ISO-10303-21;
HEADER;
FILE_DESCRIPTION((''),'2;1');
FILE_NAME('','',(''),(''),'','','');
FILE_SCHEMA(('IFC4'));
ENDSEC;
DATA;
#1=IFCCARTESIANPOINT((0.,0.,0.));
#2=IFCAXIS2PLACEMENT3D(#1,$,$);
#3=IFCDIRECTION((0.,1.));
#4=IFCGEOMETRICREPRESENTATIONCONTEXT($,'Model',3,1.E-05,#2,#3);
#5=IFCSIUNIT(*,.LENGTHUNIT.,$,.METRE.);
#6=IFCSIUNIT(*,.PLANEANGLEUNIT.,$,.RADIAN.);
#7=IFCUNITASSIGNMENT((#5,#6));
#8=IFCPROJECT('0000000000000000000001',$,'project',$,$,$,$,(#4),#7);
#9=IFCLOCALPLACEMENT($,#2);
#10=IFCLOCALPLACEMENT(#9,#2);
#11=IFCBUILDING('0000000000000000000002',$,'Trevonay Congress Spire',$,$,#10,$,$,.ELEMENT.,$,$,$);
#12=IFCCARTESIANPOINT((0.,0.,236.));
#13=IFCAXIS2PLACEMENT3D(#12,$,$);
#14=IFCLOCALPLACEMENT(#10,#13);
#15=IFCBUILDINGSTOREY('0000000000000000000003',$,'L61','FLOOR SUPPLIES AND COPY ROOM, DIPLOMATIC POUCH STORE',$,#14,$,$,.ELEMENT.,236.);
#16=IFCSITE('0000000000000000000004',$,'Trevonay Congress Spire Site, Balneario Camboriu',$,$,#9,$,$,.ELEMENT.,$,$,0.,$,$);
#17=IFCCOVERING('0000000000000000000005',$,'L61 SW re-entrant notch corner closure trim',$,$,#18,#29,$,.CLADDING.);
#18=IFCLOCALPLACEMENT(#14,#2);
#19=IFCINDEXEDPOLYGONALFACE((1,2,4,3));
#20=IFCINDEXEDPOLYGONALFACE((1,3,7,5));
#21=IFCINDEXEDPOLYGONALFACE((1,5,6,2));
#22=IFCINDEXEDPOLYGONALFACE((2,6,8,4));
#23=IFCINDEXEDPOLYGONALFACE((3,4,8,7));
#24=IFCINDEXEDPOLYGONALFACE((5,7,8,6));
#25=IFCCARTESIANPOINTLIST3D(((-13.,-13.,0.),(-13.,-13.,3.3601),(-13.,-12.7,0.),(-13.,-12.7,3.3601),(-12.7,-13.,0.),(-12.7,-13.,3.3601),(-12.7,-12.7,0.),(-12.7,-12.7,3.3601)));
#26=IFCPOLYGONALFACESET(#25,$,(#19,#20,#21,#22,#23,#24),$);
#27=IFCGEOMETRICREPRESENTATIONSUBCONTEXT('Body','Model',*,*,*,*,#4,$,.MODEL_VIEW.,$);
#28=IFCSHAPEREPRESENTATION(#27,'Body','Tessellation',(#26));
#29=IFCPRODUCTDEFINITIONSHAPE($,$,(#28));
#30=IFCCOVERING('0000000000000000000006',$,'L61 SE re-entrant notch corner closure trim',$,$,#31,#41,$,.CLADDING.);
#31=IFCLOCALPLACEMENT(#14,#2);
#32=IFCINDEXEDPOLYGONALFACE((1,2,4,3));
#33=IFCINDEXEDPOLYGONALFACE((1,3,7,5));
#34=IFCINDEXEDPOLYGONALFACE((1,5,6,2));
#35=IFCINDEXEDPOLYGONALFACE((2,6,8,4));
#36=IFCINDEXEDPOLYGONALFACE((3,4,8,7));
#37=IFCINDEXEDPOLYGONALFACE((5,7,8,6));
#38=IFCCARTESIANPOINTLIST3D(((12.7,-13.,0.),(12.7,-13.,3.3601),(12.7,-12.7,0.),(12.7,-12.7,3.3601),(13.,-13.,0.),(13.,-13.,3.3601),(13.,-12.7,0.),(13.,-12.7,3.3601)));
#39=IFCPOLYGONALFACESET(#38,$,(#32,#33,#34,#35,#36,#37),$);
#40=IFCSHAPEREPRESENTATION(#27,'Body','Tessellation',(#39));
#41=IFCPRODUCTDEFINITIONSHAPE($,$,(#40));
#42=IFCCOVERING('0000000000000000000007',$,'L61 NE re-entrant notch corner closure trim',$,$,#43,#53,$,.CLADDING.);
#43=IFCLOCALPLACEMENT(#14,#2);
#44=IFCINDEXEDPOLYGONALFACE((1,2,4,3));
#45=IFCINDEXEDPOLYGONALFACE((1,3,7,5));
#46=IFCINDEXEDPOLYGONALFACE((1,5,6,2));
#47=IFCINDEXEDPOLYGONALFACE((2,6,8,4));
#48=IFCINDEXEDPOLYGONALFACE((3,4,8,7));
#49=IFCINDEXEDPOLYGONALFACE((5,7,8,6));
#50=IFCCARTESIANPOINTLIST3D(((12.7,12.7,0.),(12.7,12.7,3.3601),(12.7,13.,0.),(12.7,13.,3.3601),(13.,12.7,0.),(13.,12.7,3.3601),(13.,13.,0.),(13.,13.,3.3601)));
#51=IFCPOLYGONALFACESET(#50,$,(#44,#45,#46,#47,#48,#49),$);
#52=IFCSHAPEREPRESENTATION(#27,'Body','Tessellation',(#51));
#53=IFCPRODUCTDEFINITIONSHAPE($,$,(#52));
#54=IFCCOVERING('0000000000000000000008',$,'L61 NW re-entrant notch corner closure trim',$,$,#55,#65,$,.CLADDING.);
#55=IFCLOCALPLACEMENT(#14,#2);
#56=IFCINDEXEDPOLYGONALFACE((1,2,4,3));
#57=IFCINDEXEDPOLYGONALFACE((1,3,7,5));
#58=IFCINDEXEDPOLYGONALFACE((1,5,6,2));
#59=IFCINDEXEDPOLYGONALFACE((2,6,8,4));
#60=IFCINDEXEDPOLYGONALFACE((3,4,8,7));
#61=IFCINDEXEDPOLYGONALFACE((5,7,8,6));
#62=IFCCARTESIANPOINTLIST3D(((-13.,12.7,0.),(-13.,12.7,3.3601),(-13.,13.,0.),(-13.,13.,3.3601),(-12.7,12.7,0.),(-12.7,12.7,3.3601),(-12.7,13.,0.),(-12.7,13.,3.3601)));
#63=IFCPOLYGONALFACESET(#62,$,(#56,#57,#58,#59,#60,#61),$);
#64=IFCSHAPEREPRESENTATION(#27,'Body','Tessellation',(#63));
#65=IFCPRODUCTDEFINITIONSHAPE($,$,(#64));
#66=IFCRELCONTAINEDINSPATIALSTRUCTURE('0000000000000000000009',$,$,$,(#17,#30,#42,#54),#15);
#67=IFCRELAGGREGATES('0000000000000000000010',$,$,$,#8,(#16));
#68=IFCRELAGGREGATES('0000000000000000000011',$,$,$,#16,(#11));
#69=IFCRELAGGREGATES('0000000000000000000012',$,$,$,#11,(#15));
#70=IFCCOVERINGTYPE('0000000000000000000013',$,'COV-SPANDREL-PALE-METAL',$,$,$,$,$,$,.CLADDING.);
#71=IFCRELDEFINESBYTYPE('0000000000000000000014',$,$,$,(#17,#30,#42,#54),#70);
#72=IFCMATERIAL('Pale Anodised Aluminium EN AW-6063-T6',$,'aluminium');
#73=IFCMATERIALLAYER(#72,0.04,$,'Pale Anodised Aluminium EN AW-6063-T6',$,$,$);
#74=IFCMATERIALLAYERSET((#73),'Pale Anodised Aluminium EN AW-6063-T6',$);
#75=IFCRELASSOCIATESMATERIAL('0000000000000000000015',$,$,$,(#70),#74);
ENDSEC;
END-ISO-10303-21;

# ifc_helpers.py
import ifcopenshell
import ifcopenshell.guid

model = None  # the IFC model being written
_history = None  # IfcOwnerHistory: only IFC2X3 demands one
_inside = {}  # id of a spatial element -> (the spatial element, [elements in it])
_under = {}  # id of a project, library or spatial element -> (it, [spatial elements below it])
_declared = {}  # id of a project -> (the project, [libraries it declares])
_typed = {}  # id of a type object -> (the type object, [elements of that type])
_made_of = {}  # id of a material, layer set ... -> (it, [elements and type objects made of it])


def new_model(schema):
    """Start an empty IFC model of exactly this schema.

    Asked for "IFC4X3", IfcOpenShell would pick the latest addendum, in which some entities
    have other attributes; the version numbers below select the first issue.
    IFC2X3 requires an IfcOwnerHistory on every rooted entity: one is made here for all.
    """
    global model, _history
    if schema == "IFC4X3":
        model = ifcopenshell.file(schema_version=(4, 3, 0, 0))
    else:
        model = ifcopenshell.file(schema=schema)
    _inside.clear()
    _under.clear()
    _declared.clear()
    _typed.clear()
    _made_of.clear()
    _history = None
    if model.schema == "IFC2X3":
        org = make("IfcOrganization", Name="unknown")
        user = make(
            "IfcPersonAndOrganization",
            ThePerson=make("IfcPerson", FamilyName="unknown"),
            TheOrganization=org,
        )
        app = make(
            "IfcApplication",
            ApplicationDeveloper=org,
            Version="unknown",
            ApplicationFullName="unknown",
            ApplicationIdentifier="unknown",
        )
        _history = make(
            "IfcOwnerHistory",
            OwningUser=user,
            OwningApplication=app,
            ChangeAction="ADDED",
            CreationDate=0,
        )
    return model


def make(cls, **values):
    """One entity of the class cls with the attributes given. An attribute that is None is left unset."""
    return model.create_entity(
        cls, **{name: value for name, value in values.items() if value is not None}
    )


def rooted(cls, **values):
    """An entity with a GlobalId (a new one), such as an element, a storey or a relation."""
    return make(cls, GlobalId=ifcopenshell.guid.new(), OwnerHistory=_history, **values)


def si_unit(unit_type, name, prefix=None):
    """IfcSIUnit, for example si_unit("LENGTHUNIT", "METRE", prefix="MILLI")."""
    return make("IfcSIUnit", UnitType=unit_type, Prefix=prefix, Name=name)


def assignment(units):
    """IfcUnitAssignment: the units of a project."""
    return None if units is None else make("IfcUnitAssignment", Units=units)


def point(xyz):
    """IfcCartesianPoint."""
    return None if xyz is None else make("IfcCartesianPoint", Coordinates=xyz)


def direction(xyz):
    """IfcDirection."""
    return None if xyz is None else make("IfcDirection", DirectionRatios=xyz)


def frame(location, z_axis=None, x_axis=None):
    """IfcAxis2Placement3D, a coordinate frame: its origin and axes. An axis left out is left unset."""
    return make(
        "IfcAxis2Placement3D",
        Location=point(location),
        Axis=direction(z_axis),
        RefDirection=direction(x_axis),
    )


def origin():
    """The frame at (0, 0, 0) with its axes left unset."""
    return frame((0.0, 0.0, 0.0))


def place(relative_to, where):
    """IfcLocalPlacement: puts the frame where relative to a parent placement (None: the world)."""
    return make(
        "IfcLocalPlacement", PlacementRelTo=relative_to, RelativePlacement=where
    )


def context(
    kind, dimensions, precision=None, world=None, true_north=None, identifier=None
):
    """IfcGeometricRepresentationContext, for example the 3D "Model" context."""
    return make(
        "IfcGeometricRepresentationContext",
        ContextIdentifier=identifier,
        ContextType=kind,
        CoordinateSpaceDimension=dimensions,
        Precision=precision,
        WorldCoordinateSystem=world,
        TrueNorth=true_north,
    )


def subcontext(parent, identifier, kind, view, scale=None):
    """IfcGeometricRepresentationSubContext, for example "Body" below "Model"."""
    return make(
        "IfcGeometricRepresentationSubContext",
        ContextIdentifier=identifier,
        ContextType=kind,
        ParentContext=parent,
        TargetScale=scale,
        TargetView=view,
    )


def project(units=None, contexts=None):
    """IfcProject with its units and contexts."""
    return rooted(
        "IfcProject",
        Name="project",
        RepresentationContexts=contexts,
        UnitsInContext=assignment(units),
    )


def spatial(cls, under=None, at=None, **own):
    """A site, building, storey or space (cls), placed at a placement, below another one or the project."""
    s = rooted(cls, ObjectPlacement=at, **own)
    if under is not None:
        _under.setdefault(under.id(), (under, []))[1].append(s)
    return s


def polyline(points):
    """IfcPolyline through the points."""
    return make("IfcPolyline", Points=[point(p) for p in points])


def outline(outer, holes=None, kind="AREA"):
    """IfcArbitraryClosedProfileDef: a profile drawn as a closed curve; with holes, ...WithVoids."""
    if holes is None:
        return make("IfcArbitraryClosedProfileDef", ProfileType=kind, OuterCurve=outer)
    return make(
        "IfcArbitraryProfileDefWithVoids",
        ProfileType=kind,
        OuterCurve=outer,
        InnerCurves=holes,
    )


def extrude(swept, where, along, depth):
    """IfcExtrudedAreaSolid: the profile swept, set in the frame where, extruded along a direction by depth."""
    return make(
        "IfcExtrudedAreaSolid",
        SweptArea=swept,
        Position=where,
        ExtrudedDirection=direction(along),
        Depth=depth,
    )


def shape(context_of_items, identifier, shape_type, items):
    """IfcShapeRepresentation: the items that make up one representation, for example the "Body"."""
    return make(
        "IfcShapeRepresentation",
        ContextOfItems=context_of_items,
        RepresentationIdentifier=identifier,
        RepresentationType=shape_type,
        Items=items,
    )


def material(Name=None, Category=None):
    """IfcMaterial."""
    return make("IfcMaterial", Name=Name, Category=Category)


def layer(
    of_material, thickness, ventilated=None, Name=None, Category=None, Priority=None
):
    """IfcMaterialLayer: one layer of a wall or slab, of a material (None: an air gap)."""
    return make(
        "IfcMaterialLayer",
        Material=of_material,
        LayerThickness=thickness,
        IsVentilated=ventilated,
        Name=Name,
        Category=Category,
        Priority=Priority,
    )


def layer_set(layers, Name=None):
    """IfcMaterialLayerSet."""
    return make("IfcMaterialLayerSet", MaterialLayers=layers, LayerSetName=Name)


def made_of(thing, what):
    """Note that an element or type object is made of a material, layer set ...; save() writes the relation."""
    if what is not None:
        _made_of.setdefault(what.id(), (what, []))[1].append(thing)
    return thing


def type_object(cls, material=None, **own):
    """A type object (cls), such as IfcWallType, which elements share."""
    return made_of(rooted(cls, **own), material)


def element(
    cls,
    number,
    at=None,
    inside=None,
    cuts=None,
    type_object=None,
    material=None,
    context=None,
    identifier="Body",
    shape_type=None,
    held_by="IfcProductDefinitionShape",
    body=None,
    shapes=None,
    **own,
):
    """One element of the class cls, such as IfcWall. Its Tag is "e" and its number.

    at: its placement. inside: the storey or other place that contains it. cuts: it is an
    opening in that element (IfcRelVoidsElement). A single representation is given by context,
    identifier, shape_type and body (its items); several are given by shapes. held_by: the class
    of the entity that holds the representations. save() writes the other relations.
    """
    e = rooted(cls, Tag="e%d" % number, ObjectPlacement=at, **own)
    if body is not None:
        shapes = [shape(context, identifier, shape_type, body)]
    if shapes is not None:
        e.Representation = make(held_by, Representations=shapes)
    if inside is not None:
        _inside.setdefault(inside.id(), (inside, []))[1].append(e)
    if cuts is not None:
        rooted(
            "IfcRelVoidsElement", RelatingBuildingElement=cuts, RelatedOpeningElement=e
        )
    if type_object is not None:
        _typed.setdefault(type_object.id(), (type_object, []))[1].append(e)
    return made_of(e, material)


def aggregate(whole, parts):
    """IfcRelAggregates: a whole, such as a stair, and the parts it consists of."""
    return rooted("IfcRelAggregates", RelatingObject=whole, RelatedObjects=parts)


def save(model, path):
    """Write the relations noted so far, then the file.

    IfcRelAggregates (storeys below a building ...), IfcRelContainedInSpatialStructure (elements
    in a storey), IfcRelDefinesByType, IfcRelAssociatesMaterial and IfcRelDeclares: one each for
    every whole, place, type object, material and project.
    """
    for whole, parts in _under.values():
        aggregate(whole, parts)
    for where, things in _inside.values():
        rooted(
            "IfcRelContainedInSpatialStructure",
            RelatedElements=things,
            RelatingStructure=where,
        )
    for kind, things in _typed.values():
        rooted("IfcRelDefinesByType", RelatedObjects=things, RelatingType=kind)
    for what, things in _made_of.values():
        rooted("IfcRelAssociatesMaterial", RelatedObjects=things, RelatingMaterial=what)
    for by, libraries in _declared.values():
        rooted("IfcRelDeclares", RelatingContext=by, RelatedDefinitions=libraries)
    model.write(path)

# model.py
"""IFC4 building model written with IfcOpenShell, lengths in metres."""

from ifc_helpers import new_model, si_unit, direction, frame, origin, place, context, subcontext, project, spatial, polyline, outline, extrude, material, layer, layer_set, type_object, element, save


model = new_model("IFC4")

# Units and contexts
model_context = context("Model", 3, precision=1e-05, world=origin(), true_north=direction((0.0, 1.0)))
body_context = subcontext(model_context, "Body", "Model", "MODEL_VIEW")
ifc_project = project(units=[si_unit("LENGTHUNIT", "METRE"), si_unit("PLANEANGLEUNIT", "RADIAN")], contexts=[model_context])

# Site, building, storey
site_placement = place(None, origin())
site = spatial("IfcSite", under=ifc_project, at=site_placement, Name="Trevonay Congress Spire Site, Balneario Camboriu", CompositionType="ELEMENT", RefElevation=0.0)
building_placement = place(site_placement, origin())
building = spatial("IfcBuilding", under=site, at=building_placement, Name="Trevonay Congress Spire", CompositionType="ELEMENT")
storey_placement = place(building_placement, frame((0.0, 0.0, 236.0)))
storey = spatial("IfcBuildingStorey", under=building, at=storey_placement, Name="L61", Description="FLOOR SUPPLIES AND COPY ROOM, DIPLOMATIC POUCH STORE", CompositionType="ELEMENT", Elevation=236.0)

# Shared definitions
ifc_material_1 = material(Name="Pale Anodised Aluminium EN AW-6063-T6", Category="aluminium")

# Coverings
ifc_layer_1 = layer(ifc_material_1, 0.04, Name="Pale Anodised Aluminium EN AW-6063-T6")
ifc_layer_set_1 = layer_set([ifc_layer_1], Name="Pale Anodised Aluminium EN AW-6063-T6")
covering_type = type_object("IfcCoveringType", Name="COV-SPANDREL-PALE-METAL", PredefinedType="CLADDING", material=ifc_layer_set_1)
covering_1_placement = place(storey_placement, origin())
element("IfcCovering", 1, at=covering_1_placement, inside=storey, type_object=covering_type, Name="L61 SW re-entrant notch corner closure trim", PredefinedType="CLADDING", context=body_context, shape_type="SweptSolid", body=[
    extrude(outline(polyline([(-13.0, -13.0), (-12.7, -13.0), (-12.7, -12.7), (-13.0, -12.7), (-13.0, -13.0)])), origin(), (0.0, 0.0, 1.0), 3.3601),
])
covering_2_placement = place(storey_placement, origin())
element("IfcCovering", 2, at=covering_2_placement, inside=storey, type_object=covering_type, Name="L61 SE re-entrant notch corner closure trim", PredefinedType="CLADDING", context=body_context, shape_type="SweptSolid", body=[
    extrude(outline(polyline([(12.7, -13.0), (13.0, -13.0), (13.0, -12.7), (12.7, -12.7), (12.7, -13.0)])), origin(), (0.0, 0.0, 1.0), 3.3601),
])
covering_3_placement = place(storey_placement, origin())
element("IfcCovering", 3, at=covering_3_placement, inside=storey, type_object=covering_type, Name="L61 NE re-entrant notch corner closure trim", PredefinedType="CLADDING", context=body_context, shape_type="SweptSolid", body=[
    extrude(outline(polyline([(12.7, 12.7), (13.0, 12.7), (13.0, 13.0), (12.7, 13.0), (12.7, 12.7)])), origin(), (0.0, 0.0, 1.0), 3.3601),
])
covering_4_placement = place(storey_placement, origin())
element("IfcCovering", 4, at=covering_4_placement, inside=storey, type_object=covering_type, Name="L61 NW re-entrant notch corner closure trim", PredefinedType="CLADDING", context=body_context, shape_type="SweptSolid", body=[
    extrude(outline(polyline([(-13.0, 12.7), (-12.7, 12.7), (-12.7, 13.0), (-13.0, 13.0), (-13.0, 12.7)])), origin(), (0.0, 0.0, 1.0), 3.3601),
])

save(model, "model.ifc")
